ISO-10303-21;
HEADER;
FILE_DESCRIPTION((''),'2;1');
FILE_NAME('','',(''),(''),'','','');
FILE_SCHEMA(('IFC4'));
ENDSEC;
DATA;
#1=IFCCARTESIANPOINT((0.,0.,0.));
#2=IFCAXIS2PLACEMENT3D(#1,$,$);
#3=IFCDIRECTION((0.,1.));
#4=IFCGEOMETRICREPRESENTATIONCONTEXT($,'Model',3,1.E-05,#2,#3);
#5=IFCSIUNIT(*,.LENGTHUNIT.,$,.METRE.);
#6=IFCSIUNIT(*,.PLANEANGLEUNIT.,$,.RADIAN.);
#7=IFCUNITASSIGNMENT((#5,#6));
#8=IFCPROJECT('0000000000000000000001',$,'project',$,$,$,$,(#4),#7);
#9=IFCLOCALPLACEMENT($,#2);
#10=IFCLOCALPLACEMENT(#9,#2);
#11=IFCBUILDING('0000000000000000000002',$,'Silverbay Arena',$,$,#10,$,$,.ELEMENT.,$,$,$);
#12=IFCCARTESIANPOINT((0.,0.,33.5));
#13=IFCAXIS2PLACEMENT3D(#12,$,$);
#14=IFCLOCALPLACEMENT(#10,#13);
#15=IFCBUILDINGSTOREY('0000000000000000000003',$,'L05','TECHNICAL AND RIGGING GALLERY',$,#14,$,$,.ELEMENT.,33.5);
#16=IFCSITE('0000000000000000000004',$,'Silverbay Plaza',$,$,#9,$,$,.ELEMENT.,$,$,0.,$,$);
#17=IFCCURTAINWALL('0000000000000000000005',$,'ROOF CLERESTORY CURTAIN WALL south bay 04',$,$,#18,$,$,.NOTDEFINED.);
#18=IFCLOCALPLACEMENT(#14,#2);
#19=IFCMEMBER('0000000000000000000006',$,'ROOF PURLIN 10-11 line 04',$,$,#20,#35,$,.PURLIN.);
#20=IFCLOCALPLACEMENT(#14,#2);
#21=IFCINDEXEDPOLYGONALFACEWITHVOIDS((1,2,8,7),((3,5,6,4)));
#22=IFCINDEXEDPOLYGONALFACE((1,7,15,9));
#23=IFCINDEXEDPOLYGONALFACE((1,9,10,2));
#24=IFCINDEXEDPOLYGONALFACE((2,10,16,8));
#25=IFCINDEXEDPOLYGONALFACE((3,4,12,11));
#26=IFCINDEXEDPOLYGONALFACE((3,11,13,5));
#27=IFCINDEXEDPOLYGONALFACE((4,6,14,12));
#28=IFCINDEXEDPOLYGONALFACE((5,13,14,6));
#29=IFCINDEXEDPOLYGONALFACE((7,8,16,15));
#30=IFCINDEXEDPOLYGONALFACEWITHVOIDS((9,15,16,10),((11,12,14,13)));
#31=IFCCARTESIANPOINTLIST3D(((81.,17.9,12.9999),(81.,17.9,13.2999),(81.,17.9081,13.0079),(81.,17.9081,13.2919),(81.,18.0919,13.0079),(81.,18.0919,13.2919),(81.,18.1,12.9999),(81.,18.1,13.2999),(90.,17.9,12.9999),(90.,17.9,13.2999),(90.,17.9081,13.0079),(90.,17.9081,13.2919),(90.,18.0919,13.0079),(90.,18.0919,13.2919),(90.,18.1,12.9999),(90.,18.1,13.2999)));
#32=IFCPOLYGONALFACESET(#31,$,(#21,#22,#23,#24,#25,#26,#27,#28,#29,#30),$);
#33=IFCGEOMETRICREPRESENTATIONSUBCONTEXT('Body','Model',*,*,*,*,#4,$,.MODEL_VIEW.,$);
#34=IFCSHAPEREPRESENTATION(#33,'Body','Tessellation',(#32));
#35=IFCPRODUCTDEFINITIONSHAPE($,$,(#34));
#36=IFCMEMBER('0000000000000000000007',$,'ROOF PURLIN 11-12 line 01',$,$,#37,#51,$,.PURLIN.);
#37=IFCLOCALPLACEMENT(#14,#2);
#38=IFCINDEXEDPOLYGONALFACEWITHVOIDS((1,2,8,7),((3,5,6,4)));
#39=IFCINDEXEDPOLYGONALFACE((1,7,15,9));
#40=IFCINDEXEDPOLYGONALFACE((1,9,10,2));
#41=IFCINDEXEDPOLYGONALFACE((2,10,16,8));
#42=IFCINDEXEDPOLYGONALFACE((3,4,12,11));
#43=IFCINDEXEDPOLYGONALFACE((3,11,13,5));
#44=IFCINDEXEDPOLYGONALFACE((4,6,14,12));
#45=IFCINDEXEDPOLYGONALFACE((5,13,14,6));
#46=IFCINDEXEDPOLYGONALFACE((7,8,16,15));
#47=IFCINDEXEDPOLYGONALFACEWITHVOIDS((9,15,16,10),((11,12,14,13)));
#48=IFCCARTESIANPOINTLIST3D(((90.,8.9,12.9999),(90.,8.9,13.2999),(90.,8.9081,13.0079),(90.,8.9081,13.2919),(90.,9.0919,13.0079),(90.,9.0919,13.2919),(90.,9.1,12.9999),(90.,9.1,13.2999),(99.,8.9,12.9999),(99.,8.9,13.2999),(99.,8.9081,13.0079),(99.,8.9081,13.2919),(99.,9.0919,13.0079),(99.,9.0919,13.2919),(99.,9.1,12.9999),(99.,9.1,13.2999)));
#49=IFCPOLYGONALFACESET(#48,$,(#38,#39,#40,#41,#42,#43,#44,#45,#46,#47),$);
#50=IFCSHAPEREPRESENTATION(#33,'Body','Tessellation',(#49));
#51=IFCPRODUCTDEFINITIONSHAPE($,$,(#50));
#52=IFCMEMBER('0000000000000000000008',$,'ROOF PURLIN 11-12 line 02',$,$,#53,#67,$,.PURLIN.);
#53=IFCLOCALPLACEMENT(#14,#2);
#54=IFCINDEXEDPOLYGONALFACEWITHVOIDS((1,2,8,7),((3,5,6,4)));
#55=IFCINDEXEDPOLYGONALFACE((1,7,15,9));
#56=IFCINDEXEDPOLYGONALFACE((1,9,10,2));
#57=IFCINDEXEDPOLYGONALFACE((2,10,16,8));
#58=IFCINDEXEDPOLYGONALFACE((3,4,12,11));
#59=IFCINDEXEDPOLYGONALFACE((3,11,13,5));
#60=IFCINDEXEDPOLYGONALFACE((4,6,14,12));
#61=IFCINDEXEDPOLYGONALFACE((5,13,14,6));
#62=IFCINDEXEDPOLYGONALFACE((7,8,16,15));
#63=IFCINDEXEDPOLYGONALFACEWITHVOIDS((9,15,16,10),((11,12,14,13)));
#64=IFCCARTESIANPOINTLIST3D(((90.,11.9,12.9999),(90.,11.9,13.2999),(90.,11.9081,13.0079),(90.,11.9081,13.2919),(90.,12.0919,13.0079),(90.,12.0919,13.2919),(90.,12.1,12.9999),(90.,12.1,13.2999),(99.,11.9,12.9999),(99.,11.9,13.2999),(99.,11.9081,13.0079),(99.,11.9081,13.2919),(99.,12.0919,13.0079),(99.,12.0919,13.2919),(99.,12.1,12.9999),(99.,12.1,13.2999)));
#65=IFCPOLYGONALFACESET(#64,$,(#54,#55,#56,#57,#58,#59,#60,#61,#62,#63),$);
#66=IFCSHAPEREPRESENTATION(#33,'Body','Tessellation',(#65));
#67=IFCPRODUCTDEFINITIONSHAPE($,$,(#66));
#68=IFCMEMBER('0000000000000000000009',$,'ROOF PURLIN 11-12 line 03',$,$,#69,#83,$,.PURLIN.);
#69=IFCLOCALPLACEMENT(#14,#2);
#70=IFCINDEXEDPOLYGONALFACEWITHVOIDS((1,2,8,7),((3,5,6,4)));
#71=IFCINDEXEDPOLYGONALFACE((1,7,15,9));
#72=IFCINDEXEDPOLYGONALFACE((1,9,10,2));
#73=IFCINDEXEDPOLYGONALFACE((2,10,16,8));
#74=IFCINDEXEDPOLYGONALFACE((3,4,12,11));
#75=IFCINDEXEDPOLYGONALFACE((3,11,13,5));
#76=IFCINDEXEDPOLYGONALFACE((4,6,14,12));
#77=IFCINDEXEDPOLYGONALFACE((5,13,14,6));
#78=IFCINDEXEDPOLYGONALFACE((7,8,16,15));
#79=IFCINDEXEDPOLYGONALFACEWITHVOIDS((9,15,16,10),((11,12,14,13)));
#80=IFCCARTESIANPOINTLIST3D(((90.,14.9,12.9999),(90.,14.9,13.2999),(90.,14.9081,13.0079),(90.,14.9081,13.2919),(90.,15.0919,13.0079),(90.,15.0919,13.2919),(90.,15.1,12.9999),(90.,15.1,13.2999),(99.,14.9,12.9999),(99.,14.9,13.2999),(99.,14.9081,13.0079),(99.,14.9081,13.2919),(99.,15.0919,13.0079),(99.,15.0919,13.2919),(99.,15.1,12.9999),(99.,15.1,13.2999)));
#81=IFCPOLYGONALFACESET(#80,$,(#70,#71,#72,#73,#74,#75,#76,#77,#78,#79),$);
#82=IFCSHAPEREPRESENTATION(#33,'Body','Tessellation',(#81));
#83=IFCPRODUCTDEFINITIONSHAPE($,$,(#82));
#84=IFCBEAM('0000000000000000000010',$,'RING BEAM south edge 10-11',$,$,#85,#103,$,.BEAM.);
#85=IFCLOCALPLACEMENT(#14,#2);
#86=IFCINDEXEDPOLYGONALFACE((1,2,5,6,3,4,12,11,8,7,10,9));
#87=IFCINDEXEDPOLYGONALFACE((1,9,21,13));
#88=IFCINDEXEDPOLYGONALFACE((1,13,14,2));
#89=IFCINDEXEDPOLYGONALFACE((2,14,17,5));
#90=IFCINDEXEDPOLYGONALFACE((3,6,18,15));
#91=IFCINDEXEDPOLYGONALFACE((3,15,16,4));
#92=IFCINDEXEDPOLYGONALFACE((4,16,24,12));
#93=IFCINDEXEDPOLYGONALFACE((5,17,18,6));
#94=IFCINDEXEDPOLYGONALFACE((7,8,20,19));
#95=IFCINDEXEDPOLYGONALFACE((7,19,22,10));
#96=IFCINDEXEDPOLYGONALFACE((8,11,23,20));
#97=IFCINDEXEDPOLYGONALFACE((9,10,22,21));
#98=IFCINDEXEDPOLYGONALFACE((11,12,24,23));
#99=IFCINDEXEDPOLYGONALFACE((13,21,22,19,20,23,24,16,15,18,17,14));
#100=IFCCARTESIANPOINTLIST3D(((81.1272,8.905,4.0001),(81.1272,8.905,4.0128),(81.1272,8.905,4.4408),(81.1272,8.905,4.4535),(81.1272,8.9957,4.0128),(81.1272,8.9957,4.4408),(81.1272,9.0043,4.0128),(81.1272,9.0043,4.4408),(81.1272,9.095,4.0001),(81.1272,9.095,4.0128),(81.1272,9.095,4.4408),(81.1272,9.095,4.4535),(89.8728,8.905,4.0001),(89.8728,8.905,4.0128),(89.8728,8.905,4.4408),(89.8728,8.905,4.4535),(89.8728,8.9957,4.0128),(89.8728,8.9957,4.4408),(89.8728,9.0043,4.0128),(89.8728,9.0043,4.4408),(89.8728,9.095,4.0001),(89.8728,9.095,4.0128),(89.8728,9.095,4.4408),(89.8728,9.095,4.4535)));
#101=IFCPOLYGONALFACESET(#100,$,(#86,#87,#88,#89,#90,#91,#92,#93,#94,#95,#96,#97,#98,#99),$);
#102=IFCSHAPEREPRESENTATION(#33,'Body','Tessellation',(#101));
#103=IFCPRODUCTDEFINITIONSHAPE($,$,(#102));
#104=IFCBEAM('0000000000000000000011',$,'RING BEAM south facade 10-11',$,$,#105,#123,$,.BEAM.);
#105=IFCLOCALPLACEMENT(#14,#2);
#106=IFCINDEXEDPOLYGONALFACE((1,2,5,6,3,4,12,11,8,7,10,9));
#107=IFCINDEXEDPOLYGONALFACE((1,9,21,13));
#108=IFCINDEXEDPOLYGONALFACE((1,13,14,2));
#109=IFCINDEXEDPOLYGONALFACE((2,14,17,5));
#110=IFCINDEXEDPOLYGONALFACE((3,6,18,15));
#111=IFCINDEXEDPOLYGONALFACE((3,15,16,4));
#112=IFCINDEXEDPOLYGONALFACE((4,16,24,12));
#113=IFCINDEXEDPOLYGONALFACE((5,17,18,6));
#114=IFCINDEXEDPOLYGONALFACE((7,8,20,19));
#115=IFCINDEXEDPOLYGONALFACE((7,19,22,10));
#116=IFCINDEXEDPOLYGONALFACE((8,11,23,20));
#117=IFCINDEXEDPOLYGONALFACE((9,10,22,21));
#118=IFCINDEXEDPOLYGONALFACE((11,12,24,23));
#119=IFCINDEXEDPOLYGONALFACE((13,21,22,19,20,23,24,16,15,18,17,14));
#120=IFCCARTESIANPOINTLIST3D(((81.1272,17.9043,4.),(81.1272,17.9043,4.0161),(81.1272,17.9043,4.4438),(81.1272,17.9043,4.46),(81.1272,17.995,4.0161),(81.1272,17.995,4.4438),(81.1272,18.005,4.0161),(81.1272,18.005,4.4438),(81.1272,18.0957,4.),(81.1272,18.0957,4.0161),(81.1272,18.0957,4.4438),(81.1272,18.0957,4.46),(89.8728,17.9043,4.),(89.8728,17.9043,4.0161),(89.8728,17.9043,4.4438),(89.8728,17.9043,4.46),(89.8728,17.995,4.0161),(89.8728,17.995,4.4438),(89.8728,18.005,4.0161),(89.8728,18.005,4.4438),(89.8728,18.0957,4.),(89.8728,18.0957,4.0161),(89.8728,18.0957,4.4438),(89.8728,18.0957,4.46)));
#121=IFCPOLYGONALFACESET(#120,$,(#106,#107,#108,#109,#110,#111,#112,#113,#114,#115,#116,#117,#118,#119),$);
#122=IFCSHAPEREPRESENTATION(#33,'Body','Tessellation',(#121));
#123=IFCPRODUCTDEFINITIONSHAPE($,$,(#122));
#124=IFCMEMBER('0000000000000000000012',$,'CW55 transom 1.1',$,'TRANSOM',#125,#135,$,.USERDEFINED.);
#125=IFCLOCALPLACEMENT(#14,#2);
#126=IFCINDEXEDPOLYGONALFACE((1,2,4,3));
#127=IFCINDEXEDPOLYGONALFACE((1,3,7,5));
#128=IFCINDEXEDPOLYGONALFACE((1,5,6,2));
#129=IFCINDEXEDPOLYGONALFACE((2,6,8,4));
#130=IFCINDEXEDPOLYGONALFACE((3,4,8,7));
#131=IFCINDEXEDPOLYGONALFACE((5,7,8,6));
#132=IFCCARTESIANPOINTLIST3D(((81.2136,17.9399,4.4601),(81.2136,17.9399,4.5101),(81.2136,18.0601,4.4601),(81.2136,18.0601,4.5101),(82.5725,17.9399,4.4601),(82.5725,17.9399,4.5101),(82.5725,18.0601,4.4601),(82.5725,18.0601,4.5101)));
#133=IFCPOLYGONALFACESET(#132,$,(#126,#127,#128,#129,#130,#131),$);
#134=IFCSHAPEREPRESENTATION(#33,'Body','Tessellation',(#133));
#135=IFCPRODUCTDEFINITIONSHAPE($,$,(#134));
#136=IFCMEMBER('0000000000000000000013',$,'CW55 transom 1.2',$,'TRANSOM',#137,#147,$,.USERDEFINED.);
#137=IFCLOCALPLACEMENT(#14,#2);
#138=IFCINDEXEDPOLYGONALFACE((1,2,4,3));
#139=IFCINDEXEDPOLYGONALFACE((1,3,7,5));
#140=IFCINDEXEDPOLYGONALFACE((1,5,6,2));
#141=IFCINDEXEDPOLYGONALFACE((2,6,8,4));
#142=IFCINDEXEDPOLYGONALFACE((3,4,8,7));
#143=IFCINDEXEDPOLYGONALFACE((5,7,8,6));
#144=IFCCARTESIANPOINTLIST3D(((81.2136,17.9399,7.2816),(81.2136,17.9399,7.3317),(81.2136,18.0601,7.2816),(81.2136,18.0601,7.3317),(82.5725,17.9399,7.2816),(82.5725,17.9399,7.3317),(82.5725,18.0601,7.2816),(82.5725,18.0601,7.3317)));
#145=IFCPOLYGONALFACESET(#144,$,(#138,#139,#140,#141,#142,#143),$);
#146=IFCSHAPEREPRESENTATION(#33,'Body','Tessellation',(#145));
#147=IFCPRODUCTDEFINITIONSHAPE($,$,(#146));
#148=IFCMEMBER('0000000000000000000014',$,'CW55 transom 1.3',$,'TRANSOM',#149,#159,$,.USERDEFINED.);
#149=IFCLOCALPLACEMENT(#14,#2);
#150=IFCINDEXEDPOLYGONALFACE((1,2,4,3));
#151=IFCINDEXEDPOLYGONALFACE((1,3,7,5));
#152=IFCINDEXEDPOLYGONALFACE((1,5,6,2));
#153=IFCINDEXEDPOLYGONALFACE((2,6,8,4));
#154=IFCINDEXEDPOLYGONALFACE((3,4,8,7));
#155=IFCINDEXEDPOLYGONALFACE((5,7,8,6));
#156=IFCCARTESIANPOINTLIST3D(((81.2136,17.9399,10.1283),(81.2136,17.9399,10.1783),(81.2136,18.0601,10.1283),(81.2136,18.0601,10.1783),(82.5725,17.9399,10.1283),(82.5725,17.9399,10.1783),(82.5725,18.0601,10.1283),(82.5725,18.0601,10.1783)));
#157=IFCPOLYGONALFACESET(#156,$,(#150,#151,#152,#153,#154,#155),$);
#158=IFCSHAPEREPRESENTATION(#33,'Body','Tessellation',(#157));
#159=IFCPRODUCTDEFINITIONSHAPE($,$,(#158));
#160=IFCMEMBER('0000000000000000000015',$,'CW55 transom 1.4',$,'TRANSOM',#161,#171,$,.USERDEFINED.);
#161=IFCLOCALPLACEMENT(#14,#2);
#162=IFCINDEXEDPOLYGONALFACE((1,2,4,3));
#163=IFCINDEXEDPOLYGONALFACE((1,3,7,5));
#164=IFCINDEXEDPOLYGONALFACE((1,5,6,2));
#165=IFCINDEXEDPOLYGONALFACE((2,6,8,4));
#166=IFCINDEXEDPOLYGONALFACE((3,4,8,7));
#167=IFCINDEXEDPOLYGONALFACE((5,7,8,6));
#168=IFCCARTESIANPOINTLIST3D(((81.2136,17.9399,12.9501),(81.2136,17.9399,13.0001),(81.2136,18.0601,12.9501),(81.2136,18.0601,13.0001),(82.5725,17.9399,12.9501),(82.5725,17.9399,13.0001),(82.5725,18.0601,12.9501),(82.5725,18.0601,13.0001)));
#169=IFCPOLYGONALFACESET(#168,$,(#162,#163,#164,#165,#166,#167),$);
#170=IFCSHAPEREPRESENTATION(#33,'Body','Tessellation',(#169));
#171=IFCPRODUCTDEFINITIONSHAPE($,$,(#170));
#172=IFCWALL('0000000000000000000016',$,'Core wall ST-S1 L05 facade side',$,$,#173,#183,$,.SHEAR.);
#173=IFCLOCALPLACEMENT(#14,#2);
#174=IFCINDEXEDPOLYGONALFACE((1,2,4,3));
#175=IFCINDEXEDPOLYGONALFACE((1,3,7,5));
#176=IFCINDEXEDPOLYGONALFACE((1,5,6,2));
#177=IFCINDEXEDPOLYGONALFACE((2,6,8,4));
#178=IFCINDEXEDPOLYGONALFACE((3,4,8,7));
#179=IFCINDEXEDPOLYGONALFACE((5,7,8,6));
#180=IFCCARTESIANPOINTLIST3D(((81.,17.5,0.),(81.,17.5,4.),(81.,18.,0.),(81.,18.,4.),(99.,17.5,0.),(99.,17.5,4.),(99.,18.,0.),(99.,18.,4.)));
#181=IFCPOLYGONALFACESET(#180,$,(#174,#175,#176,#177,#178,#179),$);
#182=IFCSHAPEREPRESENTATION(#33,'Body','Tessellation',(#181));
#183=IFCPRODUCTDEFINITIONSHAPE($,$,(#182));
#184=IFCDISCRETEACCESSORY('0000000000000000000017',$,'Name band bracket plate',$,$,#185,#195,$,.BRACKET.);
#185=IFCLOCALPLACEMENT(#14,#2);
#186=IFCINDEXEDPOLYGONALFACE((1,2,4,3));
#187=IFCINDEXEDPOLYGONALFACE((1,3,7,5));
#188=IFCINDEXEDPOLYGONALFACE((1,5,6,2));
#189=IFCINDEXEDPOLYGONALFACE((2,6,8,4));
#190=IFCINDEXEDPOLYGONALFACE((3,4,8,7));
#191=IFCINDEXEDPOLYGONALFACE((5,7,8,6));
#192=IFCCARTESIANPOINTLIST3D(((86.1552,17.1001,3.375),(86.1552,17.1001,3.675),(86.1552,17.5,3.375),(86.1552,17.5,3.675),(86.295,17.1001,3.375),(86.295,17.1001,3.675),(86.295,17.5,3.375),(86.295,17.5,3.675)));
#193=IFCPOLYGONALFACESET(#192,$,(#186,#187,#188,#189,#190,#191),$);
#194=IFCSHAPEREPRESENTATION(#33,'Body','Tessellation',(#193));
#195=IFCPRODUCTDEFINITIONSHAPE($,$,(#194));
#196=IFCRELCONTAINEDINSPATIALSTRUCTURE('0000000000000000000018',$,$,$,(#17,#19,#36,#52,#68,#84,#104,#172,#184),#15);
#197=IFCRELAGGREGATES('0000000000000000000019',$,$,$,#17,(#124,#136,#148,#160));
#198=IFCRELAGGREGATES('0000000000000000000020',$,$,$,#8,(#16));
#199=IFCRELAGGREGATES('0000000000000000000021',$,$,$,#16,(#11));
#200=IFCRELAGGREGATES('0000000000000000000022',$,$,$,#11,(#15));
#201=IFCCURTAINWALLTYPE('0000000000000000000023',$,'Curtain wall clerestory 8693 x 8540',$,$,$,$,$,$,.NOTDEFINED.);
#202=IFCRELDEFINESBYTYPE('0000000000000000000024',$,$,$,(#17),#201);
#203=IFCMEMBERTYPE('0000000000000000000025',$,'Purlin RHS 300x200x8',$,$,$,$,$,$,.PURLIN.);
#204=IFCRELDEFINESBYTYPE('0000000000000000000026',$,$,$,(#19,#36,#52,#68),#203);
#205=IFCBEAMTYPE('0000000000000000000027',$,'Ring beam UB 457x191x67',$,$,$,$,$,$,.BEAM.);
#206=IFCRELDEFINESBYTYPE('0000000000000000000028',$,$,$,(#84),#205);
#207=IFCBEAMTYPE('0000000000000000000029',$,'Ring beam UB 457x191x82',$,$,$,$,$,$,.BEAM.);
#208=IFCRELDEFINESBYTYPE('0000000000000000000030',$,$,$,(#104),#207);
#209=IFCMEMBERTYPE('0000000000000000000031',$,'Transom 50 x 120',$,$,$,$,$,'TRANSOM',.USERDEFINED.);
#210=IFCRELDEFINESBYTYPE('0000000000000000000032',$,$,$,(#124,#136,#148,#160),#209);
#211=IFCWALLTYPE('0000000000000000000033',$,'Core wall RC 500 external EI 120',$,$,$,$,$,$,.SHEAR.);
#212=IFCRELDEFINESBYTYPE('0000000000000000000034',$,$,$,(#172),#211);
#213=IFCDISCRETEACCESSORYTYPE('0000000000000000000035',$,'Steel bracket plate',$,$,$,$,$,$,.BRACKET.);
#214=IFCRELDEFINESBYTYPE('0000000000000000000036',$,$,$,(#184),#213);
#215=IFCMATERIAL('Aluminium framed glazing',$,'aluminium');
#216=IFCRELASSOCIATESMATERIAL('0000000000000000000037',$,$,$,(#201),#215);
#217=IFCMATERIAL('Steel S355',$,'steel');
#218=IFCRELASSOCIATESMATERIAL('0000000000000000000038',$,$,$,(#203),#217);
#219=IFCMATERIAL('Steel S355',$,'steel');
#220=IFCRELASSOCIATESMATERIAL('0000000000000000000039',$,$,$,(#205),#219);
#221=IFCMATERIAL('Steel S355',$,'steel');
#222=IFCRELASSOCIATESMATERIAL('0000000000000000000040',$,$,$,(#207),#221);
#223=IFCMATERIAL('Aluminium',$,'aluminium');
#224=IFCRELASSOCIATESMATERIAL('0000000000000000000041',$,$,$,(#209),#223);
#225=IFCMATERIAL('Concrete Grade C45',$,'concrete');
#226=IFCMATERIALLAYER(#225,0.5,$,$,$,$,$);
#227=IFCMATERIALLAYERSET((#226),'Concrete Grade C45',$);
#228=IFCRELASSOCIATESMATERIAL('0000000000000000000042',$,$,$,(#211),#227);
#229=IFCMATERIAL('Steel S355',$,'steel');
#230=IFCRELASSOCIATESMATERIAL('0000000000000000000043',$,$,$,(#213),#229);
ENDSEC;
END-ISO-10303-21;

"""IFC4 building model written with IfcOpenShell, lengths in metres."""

from ifc_helpers import new_model, si_unit, direction, frame, frame_2d, origin, origin_2d, place, context, subcontext, project, spatial, rectangle, hollow_rectangle, i_section, extrude, material, layer, layer_set, material_profile, profile_set, type_object, element, aggregate, save


model = new_model("IFC4")

# Units and contexts
model_context = context("Model", 3, precision=1e-05, world=origin(), true_north=direction((0.0, 1.0)))
body_context = subcontext(model_context, "Body", "Model", "MODEL_VIEW")
ifc_project = project(units=[si_unit("LENGTHUNIT", "METRE"), si_unit("PLANEANGLEUNIT", "RADIAN")], contexts=[model_context])

# Site, building, storey
site_placement = place(None, origin())
site = spatial("IfcSite", under=ifc_project, at=site_placement, Name="Silverbay Plaza", CompositionType="ELEMENT", RefElevation=0.0)
building_placement = place(site_placement, origin())
building = spatial("IfcBuilding", under=site, at=building_placement, Name="Silverbay Arena", CompositionType="ELEMENT")
storey_placement = place(building_placement, frame((0.0, 0.0, 33.5)))
storey = spatial("IfcBuildingStorey", under=building, at=storey_placement, Name="L05", Description="TECHNICAL AND RIGGING GALLERY", CompositionType="ELEMENT", Elevation=33.5)

# Curtain wall
ifc_material_1 = material(Name="Aluminium framed glazing", Category="aluminium")
curtain_wall_type = type_object("IfcCurtainWallType", Name="Curtain wall clerestory 8693 x 8540", PredefinedType="NOTDEFINED", material=ifc_material_1)
curtain_wall_placement = place(storey_placement, origin())
curtain_wall = element("IfcCurtainWall", 1, at=curtain_wall_placement, inside=storey, type_object=curtain_wall_type, Name="ROOF CLERESTORY CURTAIN WALL south bay 04", PredefinedType="NOTDEFINED")

# Members
ifc_material_2 = material(Name="Steel S355", Category="steel")
ifc_material_profile_1 = material_profile(ifc_material_2, hollow_rectangle(XDim=0.2, YDim=0.3, WallThickness=0.0081, at=origin_2d()), Name="RHS 300x200x8")
ifc_profile_set_1 = profile_set([ifc_material_profile_1], Name="Steel S355")
member_type_1 = type_object("IfcMemberType", Name="Purlin RHS 300x200x8", PredefinedType="PURLIN", material=ifc_profile_set_1)
for number, where, z_axis, x_axis, name in (
    (2, (81.0, 18.0, 13.1499), (1.0, 0.0, 0.0), (0.0, 1.0, 0.0), "ROOF PURLIN 10-11 line 04"),
    (3, (90.0, 9.0, 13.1499), (1.0, 0.0, 0.0), (0.0, 1.0, 0.0), "ROOF PURLIN 11-12 line 01"),
    (4, (90.0, 12.0, 13.1499), (1.0, 0.0, 0.0), (0.0, 1.0, 0.0), "ROOF PURLIN 11-12 line 02"),
    (5, (90.0, 15.0, 13.1499), (1.0, 0.0, 0.0), (0.0, 1.0, 0.0), "ROOF PURLIN 11-12 line 03"),
):
    element("IfcMember", number, at=place(storey_placement, frame(where, z_axis=z_axis, x_axis=x_axis)), inside=storey, type_object=member_type_1, Name=name, PredefinedType="PURLIN", context=body_context, shape_type="SweptSolid", body=[
        extrude(hollow_rectangle(XDim=0.2, YDim=0.3, WallThickness=0.0081, at=origin_2d()), origin(), (0.0, 0.0, 1.0), 9.0),
    ])

# Beams
ifc_material_3 = material(Name="Steel S355", Category="steel")
ifc_material_profile_2 = material_profile(ifc_material_3, i_section(OverallWidth=0.1899, OverallDepth=0.4534, WebThickness=0.0085, FlangeThickness=0.0127, at=origin_2d()), Name="UB 457x191x67")
ifc_profile_set_2 = profile_set([ifc_material_profile_2], Name="Steel S355")
beam_type_1 = type_object("IfcBeamType", Name="Ring beam UB 457x191x67", PredefinedType="BEAM", material=ifc_profile_set_2)
beam_1_placement = place(storey_placement, frame((81.1272, 9.0, 4.2268), z_axis=(1.0, 0.0, 0.0), x_axis=(0.0, 1.0, 0.0)))
element("IfcBeam", 6, at=beam_1_placement, inside=storey, type_object=beam_type_1, Name="RING BEAM south edge 10-11", PredefinedType="BEAM", context=body_context, shape_type="SweptSolid", body=[
    extrude(i_section(OverallWidth=0.1899, OverallDepth=0.4534, WebThickness=0.0085, FlangeThickness=0.0127, at=origin_2d()), origin(), (0.0, 0.0, 1.0), 8.7456),
])
ifc_material_4 = material(Name="Steel S355", Category="steel")
ifc_material_profile_3 = material_profile(ifc_material_4, i_section(OverallWidth=0.1914, OverallDepth=0.46, WebThickness=0.01, FlangeThickness=0.0161, at=origin_2d()), Name="UB 457x191x82")
ifc_profile_set_3 = profile_set([ifc_material_profile_3], Name="Steel S355")
beam_type_2 = type_object("IfcBeamType", Name="Ring beam UB 457x191x82", PredefinedType="BEAM", material=ifc_profile_set_3)
beam_2_placement = place(storey_placement, frame((81.1272, 18.0, 4.23), z_axis=(1.0, 0.0, 0.0), x_axis=(0.0, 1.0, 0.0)))
element("IfcBeam", 7, at=beam_2_placement, inside=storey, type_object=beam_type_2, Name="RING BEAM south facade 10-11", PredefinedType="BEAM", context=body_context, shape_type="SweptSolid", body=[
    extrude(i_section(OverallWidth=0.1914, OverallDepth=0.46, WebThickness=0.01, FlangeThickness=0.0161, at=origin_2d()), origin(), (0.0, 0.0, 1.0), 8.7456),
])

# Members
ifc_material_5 = material(Name="Aluminium", Category="aluminium")
ifc_material_profile_4 = material_profile(ifc_material_5, rectangle(XDim=0.1201, YDim=0.05, at=origin_2d()), Name="Transom 50 x 120")
ifc_profile_set_4 = profile_set([ifc_material_profile_4], Name="Aluminium")
member_type_2 = type_object("IfcMemberType", Name="Transom 50 x 120", ElementType="TRANSOM", PredefinedType="USERDEFINED", material=ifc_profile_set_4)
member_1_placement = place(storey_placement, frame((81.2136, 18.0, 4.4851), z_axis=(1.0, 0.0, 0.0), x_axis=(0.0, 1.0, 0.0)))
member_1 = element("IfcMember", 8, at=member_1_placement, type_object=member_type_2, Name="CW55 transom 1.1", ObjectType="TRANSOM", PredefinedType="USERDEFINED", context=body_context, shape_type="SweptSolid", body=[
    extrude(rectangle(XDim=0.1201, YDim=0.05, at=origin_2d()), origin(), (0.0, 0.0, 1.0), 1.3589),
])
member_2_placement = place(storey_placement, frame((81.2136, 18.0, 7.3066), z_axis=(1.0, 0.0, 0.0), x_axis=(0.0, 1.0, 0.0)))
member_2 = element("IfcMember", 9, at=member_2_placement, type_object=member_type_2, Name="CW55 transom 1.2", ObjectType="TRANSOM", PredefinedType="USERDEFINED", context=body_context, shape_type="SweptSolid", body=[
    extrude(rectangle(XDim=0.1201, YDim=0.05, at=origin_2d()), origin(), (0.0, 0.0, 1.0), 1.3589),
])
member_3_placement = place(storey_placement, frame((81.2136, 18.0, 10.1533), z_axis=(1.0, 0.0, 0.0), x_axis=(0.0, 1.0, 0.0)))
member_3 = element("IfcMember", 10, at=member_3_placement, type_object=member_type_2, Name="CW55 transom 1.3", ObjectType="TRANSOM", PredefinedType="USERDEFINED", context=body_context, shape_type="SweptSolid", body=[
    extrude(rectangle(XDim=0.1201, YDim=0.05, at=origin_2d()), origin(), (0.0, 0.0, 1.0), 1.3589),
])
member_4_placement = place(storey_placement, frame((81.2136, 18.0, 12.9751), z_axis=(1.0, 0.0, 0.0), x_axis=(0.0, 1.0, 0.0)))
member_4 = element("IfcMember", 11, at=member_4_placement, type_object=member_type_2, Name="CW55 transom 1.4", ObjectType="TRANSOM", PredefinedType="USERDEFINED", context=body_context, shape_type="SweptSolid", body=[
    extrude(rectangle(XDim=0.1201, YDim=0.05, at=origin_2d()), origin(), (0.0, 0.0, 1.0), 1.3589),
])
aggregate(curtain_wall, [member_1, member_2, member_3, member_4])

# Wall
ifc_material_6 = material(Name="Concrete Grade C45", Category="concrete")
ifc_layer = layer(ifc_material_6, 0.5)
ifc_layer_set = layer_set([ifc_layer], Name="Concrete Grade C45")
wall_type = type_object("IfcWallType", Name="Core wall RC 500 external EI 120", PredefinedType="SHEAR", material=ifc_layer_set)
wall_placement = place(storey_placement, frame((81.0, 17.75, 0.0), z_axis=(0.0, 0.0, 1.0), x_axis=(1.0, 0.0, 0.0)))
element("IfcWall", 12, at=wall_placement, inside=storey, type_object=wall_type, Name="Core wall ST-S1 L05 facade side", PredefinedType="SHEAR", context=body_context, shape_type="SweptSolid", body=[
    extrude(rectangle(XDim=18.0, YDim=0.5, at=frame_2d((9.0, 0.0))), origin(), (0.0, 0.0, 1.0), 4.0),
])

# Discrete accessory
ifc_material_7 = material(Name="Steel S355", Category="steel")
discrete_accessory_type = type_object("IfcDiscreteAccessoryType", Name="Steel bracket plate", PredefinedType="BRACKET", material=ifc_material_7)
for number, where, z_axis, x_axis, name in (
    (13, (86.2251, 17.3, 3.375), (0.0, 0.0, 1.0), (1.0, 0.0, 0.0), "Name band bracket plate"),
):
    element("IfcDiscreteAccessory", number, at=place(storey_placement, frame(where, z_axis=z_axis, x_axis=x_axis)), inside=storey, type_object=discrete_accessory_type, Name=name, PredefinedType="BRACKET", context=body_context, shape_type="SweptSolid", body=[
        extrude(rectangle(XDim=0.1399, YDim=0.3999, at=origin_2d()), origin(), (0.0, 0.0, 1.0), 0.3),
    ])

save(model, "model.ifc")
